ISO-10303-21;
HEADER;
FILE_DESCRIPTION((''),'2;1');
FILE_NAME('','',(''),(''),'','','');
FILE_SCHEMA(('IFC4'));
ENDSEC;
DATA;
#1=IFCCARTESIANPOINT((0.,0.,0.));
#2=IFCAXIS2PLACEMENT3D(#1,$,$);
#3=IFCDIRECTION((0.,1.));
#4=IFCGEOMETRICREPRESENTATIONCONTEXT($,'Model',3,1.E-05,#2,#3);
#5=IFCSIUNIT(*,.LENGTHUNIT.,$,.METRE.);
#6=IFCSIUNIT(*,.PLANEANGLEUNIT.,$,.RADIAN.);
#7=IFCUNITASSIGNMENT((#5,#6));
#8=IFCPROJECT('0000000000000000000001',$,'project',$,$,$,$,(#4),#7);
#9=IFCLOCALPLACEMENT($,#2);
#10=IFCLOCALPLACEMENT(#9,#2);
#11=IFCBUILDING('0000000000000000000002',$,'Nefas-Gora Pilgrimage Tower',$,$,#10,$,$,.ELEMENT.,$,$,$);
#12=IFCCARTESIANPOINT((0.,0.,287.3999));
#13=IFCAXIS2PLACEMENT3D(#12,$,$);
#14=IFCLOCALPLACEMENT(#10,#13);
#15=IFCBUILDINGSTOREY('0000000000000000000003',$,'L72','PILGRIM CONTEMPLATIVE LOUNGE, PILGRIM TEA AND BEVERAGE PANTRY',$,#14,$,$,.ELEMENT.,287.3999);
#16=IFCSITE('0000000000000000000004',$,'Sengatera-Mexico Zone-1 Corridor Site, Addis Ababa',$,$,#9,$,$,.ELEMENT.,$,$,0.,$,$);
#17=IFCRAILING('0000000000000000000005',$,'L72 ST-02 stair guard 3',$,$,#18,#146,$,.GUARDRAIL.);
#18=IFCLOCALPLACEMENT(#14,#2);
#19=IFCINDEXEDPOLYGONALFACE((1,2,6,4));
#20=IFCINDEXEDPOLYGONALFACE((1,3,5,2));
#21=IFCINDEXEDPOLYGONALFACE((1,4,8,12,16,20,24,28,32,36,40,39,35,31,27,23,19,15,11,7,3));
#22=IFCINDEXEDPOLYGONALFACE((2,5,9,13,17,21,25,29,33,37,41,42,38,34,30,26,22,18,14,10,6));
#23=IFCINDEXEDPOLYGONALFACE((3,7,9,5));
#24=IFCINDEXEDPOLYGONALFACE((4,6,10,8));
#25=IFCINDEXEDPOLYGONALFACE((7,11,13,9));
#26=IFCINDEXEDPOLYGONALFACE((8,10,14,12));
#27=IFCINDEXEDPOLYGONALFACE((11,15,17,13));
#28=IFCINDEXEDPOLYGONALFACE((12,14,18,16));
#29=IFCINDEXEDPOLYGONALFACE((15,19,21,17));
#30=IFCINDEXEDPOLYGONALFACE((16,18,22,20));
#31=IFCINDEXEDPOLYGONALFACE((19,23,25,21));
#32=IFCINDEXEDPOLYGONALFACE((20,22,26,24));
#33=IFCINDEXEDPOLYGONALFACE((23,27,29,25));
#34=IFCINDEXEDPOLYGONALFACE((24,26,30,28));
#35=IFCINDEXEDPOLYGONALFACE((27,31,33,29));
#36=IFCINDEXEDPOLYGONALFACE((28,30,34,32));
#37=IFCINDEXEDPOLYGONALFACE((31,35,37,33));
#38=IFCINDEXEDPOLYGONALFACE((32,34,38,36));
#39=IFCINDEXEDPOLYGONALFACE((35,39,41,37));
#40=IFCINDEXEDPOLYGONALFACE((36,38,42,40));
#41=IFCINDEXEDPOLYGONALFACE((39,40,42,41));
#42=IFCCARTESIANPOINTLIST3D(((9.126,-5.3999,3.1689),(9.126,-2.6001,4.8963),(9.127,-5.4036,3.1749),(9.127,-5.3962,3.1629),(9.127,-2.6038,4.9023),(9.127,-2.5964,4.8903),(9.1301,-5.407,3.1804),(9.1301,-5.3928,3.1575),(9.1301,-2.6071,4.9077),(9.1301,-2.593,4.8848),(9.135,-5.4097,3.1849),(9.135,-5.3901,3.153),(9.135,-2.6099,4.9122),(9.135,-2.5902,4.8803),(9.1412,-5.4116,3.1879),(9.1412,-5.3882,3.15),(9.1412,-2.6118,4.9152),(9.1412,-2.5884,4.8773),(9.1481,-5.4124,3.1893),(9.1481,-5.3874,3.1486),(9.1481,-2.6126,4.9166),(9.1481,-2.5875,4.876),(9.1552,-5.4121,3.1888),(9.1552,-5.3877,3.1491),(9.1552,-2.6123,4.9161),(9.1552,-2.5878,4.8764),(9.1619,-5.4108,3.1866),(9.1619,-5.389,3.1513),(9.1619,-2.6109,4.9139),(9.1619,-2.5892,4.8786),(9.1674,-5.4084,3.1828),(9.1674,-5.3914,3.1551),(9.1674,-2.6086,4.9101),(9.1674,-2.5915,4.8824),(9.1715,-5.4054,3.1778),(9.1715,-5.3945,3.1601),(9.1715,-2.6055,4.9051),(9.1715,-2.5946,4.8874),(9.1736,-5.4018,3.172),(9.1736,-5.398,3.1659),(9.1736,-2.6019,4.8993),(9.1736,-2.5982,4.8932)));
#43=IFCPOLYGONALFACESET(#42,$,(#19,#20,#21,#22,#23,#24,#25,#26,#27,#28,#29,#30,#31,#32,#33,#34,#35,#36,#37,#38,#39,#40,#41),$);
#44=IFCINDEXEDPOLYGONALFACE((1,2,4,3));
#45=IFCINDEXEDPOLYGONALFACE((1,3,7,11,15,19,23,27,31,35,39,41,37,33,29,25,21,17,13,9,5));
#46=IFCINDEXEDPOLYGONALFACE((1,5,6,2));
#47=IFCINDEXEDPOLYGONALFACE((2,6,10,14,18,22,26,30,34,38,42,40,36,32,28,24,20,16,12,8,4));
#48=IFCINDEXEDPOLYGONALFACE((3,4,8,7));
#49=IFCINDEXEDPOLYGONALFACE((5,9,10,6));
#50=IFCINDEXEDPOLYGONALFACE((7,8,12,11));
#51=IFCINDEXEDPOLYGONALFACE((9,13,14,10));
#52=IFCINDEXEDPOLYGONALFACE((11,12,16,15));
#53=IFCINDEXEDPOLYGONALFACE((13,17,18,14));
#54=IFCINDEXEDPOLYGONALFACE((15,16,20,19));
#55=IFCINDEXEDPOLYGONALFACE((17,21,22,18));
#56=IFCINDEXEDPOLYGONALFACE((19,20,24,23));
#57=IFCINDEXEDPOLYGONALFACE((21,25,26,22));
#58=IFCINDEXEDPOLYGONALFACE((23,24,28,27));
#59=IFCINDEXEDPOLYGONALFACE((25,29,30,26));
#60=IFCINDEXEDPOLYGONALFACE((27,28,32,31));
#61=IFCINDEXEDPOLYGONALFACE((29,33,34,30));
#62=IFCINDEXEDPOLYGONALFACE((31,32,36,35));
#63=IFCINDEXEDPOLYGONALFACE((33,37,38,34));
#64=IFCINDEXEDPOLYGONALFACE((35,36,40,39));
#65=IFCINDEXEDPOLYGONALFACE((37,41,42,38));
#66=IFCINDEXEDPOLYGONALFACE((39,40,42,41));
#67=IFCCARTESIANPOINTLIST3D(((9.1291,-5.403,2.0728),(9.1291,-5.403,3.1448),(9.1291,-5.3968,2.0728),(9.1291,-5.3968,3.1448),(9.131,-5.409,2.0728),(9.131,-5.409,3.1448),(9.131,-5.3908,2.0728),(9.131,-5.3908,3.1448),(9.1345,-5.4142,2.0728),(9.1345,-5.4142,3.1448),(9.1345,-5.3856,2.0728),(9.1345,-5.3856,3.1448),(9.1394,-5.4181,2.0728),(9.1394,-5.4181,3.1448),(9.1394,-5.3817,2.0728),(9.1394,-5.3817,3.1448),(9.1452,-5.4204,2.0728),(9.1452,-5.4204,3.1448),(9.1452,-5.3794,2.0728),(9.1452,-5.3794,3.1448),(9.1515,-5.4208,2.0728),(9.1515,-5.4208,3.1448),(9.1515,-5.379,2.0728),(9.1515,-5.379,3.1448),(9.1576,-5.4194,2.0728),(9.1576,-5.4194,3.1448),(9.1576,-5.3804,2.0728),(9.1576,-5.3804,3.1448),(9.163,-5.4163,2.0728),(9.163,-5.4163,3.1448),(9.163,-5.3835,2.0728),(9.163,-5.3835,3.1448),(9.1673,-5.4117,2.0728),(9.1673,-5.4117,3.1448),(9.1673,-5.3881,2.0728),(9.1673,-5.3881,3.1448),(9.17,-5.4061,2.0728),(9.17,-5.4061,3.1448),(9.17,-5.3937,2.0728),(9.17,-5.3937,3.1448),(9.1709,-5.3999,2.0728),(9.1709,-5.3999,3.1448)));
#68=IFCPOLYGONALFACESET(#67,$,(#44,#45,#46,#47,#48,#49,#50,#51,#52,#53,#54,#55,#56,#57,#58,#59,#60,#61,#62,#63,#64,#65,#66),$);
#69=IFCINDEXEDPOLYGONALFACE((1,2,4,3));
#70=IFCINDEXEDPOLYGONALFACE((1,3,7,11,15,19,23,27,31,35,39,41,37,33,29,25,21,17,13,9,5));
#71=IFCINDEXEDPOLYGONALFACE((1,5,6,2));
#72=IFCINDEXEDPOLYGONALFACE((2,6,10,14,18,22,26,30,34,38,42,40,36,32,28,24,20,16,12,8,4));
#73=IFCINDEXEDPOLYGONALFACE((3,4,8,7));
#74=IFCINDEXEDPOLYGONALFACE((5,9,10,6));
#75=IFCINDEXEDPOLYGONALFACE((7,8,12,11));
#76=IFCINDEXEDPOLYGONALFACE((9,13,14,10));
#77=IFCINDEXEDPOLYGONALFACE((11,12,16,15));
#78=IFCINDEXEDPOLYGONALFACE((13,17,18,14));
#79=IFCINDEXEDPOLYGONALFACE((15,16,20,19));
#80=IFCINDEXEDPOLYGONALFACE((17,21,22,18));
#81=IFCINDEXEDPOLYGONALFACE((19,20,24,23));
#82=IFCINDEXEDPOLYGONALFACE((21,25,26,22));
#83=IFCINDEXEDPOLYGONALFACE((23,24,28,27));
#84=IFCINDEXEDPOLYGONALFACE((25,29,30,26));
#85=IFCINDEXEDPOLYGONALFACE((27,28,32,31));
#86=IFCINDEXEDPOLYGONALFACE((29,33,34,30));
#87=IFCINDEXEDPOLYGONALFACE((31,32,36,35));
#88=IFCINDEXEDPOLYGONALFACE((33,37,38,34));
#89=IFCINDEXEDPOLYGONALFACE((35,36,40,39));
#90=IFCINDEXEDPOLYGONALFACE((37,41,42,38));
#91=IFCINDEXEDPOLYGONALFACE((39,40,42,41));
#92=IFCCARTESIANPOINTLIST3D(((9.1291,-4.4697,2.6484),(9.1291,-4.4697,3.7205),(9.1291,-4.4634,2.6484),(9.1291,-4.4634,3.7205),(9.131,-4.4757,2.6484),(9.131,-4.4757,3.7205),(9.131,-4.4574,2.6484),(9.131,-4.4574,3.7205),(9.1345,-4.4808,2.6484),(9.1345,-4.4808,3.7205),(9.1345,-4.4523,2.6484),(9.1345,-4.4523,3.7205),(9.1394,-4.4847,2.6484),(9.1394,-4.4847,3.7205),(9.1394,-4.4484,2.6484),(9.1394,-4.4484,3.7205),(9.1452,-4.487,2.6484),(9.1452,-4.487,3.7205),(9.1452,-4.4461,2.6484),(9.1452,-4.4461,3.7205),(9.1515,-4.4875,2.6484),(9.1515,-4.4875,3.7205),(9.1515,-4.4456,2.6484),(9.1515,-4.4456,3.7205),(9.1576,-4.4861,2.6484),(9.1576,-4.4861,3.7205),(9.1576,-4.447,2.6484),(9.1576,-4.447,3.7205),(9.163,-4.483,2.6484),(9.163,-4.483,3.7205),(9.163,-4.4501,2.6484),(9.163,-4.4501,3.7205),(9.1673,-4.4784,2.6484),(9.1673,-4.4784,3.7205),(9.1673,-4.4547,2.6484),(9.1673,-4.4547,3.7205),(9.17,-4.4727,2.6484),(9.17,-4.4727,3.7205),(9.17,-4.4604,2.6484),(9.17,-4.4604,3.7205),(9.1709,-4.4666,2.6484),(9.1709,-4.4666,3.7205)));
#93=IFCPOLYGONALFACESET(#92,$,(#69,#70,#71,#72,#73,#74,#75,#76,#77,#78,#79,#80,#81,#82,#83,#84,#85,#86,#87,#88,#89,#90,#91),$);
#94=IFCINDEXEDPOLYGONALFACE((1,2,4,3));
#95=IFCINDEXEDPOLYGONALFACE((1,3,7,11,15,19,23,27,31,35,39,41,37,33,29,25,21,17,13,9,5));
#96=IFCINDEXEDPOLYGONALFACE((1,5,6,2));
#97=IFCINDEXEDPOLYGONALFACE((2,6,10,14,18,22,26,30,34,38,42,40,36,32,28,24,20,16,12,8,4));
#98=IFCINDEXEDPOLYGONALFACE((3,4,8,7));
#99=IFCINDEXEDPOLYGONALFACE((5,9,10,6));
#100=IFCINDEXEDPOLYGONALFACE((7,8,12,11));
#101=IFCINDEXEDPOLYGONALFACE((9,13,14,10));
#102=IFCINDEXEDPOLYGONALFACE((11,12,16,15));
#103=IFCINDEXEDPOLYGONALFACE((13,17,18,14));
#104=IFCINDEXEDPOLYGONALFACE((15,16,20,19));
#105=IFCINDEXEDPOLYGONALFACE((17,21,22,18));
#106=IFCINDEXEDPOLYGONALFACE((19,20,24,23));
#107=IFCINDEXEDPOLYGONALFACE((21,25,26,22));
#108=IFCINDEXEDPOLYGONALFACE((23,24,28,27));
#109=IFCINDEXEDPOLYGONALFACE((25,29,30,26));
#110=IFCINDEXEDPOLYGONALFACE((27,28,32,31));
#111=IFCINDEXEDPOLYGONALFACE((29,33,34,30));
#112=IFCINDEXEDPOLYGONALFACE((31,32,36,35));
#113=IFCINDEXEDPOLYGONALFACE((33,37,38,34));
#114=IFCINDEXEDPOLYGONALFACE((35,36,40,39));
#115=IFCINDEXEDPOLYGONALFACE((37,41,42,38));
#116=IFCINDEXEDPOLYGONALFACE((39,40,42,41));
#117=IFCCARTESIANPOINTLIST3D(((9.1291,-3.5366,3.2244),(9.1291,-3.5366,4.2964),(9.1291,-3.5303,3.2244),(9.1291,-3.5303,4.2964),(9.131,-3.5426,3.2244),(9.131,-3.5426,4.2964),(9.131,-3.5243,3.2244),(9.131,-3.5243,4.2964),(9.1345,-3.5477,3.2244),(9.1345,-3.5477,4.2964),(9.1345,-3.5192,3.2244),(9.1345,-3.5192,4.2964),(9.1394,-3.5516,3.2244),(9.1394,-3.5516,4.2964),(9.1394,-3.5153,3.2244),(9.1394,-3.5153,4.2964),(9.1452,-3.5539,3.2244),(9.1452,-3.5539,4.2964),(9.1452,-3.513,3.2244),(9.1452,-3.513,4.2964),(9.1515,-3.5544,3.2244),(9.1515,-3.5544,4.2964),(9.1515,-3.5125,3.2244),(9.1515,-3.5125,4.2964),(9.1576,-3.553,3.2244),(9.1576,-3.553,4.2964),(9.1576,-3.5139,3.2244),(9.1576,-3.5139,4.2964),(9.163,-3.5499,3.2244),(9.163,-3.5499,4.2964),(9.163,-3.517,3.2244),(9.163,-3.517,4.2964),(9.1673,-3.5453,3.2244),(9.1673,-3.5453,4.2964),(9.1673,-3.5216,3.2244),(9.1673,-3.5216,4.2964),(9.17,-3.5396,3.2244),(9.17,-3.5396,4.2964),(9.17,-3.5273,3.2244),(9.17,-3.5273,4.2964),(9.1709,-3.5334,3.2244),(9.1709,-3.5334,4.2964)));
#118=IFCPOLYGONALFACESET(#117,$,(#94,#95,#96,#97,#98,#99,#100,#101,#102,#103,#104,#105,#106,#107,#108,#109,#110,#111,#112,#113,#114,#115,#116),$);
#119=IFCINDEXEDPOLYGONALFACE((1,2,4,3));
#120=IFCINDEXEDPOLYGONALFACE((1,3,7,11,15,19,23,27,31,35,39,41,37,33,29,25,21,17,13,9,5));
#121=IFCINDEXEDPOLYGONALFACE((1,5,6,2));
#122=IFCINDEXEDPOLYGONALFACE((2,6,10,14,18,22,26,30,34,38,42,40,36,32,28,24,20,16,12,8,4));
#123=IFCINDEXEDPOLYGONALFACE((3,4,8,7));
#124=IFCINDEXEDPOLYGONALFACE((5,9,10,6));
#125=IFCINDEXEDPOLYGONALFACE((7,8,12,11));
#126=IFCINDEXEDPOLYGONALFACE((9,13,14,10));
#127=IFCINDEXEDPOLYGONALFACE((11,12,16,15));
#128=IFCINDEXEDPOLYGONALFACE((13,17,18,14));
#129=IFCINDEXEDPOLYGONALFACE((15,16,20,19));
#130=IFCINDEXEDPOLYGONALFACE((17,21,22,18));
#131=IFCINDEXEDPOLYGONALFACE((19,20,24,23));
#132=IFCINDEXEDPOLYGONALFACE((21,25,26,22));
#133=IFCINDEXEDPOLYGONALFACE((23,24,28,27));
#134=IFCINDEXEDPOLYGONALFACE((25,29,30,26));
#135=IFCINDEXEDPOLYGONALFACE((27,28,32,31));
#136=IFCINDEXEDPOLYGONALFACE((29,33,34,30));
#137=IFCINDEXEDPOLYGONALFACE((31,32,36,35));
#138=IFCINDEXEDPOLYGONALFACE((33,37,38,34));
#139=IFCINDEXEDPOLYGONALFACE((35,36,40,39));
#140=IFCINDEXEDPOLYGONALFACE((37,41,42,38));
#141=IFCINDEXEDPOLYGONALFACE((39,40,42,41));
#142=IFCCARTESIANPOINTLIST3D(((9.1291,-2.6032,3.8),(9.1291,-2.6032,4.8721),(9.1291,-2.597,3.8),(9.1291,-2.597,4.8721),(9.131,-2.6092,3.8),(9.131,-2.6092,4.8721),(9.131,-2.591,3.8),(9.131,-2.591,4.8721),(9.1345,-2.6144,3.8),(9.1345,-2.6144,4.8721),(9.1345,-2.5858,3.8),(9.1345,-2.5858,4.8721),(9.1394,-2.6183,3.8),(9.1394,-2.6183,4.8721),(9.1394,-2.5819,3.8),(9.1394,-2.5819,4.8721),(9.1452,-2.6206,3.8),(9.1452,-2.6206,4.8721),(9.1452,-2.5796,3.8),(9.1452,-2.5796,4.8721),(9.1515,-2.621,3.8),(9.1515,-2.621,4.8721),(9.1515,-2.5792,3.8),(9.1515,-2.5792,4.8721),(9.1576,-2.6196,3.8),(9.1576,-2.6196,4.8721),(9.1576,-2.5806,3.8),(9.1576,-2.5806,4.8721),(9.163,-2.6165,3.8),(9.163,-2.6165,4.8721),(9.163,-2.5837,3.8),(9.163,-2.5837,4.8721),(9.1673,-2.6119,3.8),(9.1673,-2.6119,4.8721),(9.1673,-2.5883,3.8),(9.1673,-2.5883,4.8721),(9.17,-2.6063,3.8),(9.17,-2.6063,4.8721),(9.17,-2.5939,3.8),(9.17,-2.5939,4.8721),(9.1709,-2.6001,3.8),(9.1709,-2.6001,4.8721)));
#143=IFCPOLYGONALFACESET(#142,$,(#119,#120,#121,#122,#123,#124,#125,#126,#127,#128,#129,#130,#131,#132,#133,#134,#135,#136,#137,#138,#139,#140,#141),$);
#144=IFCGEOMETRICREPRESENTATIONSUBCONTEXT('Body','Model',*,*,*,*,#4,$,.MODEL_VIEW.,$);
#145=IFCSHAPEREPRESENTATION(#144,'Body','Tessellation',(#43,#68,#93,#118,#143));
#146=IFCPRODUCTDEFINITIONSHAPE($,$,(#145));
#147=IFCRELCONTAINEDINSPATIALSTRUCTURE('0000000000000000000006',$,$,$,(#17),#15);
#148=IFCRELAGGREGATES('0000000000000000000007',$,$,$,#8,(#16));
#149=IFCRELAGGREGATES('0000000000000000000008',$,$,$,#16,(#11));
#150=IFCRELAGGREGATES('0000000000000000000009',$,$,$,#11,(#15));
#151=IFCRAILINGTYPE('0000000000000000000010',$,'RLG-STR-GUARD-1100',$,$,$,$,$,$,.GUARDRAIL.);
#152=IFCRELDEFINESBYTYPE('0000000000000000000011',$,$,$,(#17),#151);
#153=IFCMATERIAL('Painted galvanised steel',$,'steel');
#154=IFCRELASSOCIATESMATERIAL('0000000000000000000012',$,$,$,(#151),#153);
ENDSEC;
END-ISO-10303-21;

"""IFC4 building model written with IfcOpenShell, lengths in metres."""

from ifc_helpers import new_model, si_unit, direction, frame, origin, origin_2d, place, context, subcontext, project, spatial, circle, extrude, material, type_object, element, save


model = new_model("IFC4")

# Units and contexts
model_context = context("Model", 3, precision=1e-05, world=origin(), true_north=direction((0.0, 1.0)))
body_context = subcontext(model_context, "Body", "Model", "MODEL_VIEW")
ifc_project = project(units=[si_unit("LENGTHUNIT", "METRE"), si_unit("PLANEANGLEUNIT", "RADIAN")], contexts=[model_context])

# Site, building, storey
site_placement = place(None, origin())
site = spatial("IfcSite", under=ifc_project, at=site_placement, Name="Sengatera-Mexico Zone-1 Corridor Site, Addis Ababa", CompositionType="ELEMENT", RefElevation=0.0)
building_placement = place(site_placement, origin())
building = spatial("IfcBuilding", under=site, at=building_placement, Name="Nefas-Gora Pilgrimage Tower", CompositionType="ELEMENT")
storey_placement = place(building_placement, frame((0.0, 0.0, 287.3999)))
storey = spatial("IfcBuildingStorey", under=building, at=storey_placement, Name="L72", Description="PILGRIM CONTEMPLATIVE LOUNGE, PILGRIM TEA AND BEVERAGE PANTRY", CompositionType="ELEMENT", Elevation=287.3999)

# Railing
ifc_material_1 = material(Name="Painted galvanised steel", Category="steel")
railing_type_1 = type_object("IfcRailingType", Name="RLG-STR-GUARD-1100", PredefinedType="GUARDRAIL", material=ifc_material_1)
railing_1_placement = place(storey_placement, frame((9.1499, -5.3999, 2.0728)))
element("IfcRailing", 1, at=railing_1_placement, inside=storey, type_object=railing_type_1, Name="L72 ST-02 stair guard 3", PredefinedType="GUARDRAIL", context=body_context, shape_type="SweptSolid", body=[
    extrude(circle(Radius=0.0239, at=origin_2d()), frame((0.0, 0.0, 1.0962), z_axis=(0.0, 0.851069, 0.525054), x_axis=(-1.0, 0.0, 0.0)), (0.0, 0.0, 1.0), 3.2898),
    extrude(circle(Radius=0.021, at=origin_2d()), origin(), (0.0, 0.0, 1.0), 1.072),
    extrude(circle(Radius=0.021, at=origin_2d()), frame((0.0, 0.9333, 0.5757)), (0.0, 0.0, 1.0), 1.072),
    extrude(circle(Radius=0.021, at=origin_2d()), frame((0.0, 1.8665, 1.1516)), (0.0, 0.0, 1.0), 1.072),
    extrude(circle(Radius=0.021, at=origin_2d()), frame((0.0, 2.7998, 1.7273)), (0.0, 0.0, 1.0), 1.072),
])

save(model, "model.ifc")
